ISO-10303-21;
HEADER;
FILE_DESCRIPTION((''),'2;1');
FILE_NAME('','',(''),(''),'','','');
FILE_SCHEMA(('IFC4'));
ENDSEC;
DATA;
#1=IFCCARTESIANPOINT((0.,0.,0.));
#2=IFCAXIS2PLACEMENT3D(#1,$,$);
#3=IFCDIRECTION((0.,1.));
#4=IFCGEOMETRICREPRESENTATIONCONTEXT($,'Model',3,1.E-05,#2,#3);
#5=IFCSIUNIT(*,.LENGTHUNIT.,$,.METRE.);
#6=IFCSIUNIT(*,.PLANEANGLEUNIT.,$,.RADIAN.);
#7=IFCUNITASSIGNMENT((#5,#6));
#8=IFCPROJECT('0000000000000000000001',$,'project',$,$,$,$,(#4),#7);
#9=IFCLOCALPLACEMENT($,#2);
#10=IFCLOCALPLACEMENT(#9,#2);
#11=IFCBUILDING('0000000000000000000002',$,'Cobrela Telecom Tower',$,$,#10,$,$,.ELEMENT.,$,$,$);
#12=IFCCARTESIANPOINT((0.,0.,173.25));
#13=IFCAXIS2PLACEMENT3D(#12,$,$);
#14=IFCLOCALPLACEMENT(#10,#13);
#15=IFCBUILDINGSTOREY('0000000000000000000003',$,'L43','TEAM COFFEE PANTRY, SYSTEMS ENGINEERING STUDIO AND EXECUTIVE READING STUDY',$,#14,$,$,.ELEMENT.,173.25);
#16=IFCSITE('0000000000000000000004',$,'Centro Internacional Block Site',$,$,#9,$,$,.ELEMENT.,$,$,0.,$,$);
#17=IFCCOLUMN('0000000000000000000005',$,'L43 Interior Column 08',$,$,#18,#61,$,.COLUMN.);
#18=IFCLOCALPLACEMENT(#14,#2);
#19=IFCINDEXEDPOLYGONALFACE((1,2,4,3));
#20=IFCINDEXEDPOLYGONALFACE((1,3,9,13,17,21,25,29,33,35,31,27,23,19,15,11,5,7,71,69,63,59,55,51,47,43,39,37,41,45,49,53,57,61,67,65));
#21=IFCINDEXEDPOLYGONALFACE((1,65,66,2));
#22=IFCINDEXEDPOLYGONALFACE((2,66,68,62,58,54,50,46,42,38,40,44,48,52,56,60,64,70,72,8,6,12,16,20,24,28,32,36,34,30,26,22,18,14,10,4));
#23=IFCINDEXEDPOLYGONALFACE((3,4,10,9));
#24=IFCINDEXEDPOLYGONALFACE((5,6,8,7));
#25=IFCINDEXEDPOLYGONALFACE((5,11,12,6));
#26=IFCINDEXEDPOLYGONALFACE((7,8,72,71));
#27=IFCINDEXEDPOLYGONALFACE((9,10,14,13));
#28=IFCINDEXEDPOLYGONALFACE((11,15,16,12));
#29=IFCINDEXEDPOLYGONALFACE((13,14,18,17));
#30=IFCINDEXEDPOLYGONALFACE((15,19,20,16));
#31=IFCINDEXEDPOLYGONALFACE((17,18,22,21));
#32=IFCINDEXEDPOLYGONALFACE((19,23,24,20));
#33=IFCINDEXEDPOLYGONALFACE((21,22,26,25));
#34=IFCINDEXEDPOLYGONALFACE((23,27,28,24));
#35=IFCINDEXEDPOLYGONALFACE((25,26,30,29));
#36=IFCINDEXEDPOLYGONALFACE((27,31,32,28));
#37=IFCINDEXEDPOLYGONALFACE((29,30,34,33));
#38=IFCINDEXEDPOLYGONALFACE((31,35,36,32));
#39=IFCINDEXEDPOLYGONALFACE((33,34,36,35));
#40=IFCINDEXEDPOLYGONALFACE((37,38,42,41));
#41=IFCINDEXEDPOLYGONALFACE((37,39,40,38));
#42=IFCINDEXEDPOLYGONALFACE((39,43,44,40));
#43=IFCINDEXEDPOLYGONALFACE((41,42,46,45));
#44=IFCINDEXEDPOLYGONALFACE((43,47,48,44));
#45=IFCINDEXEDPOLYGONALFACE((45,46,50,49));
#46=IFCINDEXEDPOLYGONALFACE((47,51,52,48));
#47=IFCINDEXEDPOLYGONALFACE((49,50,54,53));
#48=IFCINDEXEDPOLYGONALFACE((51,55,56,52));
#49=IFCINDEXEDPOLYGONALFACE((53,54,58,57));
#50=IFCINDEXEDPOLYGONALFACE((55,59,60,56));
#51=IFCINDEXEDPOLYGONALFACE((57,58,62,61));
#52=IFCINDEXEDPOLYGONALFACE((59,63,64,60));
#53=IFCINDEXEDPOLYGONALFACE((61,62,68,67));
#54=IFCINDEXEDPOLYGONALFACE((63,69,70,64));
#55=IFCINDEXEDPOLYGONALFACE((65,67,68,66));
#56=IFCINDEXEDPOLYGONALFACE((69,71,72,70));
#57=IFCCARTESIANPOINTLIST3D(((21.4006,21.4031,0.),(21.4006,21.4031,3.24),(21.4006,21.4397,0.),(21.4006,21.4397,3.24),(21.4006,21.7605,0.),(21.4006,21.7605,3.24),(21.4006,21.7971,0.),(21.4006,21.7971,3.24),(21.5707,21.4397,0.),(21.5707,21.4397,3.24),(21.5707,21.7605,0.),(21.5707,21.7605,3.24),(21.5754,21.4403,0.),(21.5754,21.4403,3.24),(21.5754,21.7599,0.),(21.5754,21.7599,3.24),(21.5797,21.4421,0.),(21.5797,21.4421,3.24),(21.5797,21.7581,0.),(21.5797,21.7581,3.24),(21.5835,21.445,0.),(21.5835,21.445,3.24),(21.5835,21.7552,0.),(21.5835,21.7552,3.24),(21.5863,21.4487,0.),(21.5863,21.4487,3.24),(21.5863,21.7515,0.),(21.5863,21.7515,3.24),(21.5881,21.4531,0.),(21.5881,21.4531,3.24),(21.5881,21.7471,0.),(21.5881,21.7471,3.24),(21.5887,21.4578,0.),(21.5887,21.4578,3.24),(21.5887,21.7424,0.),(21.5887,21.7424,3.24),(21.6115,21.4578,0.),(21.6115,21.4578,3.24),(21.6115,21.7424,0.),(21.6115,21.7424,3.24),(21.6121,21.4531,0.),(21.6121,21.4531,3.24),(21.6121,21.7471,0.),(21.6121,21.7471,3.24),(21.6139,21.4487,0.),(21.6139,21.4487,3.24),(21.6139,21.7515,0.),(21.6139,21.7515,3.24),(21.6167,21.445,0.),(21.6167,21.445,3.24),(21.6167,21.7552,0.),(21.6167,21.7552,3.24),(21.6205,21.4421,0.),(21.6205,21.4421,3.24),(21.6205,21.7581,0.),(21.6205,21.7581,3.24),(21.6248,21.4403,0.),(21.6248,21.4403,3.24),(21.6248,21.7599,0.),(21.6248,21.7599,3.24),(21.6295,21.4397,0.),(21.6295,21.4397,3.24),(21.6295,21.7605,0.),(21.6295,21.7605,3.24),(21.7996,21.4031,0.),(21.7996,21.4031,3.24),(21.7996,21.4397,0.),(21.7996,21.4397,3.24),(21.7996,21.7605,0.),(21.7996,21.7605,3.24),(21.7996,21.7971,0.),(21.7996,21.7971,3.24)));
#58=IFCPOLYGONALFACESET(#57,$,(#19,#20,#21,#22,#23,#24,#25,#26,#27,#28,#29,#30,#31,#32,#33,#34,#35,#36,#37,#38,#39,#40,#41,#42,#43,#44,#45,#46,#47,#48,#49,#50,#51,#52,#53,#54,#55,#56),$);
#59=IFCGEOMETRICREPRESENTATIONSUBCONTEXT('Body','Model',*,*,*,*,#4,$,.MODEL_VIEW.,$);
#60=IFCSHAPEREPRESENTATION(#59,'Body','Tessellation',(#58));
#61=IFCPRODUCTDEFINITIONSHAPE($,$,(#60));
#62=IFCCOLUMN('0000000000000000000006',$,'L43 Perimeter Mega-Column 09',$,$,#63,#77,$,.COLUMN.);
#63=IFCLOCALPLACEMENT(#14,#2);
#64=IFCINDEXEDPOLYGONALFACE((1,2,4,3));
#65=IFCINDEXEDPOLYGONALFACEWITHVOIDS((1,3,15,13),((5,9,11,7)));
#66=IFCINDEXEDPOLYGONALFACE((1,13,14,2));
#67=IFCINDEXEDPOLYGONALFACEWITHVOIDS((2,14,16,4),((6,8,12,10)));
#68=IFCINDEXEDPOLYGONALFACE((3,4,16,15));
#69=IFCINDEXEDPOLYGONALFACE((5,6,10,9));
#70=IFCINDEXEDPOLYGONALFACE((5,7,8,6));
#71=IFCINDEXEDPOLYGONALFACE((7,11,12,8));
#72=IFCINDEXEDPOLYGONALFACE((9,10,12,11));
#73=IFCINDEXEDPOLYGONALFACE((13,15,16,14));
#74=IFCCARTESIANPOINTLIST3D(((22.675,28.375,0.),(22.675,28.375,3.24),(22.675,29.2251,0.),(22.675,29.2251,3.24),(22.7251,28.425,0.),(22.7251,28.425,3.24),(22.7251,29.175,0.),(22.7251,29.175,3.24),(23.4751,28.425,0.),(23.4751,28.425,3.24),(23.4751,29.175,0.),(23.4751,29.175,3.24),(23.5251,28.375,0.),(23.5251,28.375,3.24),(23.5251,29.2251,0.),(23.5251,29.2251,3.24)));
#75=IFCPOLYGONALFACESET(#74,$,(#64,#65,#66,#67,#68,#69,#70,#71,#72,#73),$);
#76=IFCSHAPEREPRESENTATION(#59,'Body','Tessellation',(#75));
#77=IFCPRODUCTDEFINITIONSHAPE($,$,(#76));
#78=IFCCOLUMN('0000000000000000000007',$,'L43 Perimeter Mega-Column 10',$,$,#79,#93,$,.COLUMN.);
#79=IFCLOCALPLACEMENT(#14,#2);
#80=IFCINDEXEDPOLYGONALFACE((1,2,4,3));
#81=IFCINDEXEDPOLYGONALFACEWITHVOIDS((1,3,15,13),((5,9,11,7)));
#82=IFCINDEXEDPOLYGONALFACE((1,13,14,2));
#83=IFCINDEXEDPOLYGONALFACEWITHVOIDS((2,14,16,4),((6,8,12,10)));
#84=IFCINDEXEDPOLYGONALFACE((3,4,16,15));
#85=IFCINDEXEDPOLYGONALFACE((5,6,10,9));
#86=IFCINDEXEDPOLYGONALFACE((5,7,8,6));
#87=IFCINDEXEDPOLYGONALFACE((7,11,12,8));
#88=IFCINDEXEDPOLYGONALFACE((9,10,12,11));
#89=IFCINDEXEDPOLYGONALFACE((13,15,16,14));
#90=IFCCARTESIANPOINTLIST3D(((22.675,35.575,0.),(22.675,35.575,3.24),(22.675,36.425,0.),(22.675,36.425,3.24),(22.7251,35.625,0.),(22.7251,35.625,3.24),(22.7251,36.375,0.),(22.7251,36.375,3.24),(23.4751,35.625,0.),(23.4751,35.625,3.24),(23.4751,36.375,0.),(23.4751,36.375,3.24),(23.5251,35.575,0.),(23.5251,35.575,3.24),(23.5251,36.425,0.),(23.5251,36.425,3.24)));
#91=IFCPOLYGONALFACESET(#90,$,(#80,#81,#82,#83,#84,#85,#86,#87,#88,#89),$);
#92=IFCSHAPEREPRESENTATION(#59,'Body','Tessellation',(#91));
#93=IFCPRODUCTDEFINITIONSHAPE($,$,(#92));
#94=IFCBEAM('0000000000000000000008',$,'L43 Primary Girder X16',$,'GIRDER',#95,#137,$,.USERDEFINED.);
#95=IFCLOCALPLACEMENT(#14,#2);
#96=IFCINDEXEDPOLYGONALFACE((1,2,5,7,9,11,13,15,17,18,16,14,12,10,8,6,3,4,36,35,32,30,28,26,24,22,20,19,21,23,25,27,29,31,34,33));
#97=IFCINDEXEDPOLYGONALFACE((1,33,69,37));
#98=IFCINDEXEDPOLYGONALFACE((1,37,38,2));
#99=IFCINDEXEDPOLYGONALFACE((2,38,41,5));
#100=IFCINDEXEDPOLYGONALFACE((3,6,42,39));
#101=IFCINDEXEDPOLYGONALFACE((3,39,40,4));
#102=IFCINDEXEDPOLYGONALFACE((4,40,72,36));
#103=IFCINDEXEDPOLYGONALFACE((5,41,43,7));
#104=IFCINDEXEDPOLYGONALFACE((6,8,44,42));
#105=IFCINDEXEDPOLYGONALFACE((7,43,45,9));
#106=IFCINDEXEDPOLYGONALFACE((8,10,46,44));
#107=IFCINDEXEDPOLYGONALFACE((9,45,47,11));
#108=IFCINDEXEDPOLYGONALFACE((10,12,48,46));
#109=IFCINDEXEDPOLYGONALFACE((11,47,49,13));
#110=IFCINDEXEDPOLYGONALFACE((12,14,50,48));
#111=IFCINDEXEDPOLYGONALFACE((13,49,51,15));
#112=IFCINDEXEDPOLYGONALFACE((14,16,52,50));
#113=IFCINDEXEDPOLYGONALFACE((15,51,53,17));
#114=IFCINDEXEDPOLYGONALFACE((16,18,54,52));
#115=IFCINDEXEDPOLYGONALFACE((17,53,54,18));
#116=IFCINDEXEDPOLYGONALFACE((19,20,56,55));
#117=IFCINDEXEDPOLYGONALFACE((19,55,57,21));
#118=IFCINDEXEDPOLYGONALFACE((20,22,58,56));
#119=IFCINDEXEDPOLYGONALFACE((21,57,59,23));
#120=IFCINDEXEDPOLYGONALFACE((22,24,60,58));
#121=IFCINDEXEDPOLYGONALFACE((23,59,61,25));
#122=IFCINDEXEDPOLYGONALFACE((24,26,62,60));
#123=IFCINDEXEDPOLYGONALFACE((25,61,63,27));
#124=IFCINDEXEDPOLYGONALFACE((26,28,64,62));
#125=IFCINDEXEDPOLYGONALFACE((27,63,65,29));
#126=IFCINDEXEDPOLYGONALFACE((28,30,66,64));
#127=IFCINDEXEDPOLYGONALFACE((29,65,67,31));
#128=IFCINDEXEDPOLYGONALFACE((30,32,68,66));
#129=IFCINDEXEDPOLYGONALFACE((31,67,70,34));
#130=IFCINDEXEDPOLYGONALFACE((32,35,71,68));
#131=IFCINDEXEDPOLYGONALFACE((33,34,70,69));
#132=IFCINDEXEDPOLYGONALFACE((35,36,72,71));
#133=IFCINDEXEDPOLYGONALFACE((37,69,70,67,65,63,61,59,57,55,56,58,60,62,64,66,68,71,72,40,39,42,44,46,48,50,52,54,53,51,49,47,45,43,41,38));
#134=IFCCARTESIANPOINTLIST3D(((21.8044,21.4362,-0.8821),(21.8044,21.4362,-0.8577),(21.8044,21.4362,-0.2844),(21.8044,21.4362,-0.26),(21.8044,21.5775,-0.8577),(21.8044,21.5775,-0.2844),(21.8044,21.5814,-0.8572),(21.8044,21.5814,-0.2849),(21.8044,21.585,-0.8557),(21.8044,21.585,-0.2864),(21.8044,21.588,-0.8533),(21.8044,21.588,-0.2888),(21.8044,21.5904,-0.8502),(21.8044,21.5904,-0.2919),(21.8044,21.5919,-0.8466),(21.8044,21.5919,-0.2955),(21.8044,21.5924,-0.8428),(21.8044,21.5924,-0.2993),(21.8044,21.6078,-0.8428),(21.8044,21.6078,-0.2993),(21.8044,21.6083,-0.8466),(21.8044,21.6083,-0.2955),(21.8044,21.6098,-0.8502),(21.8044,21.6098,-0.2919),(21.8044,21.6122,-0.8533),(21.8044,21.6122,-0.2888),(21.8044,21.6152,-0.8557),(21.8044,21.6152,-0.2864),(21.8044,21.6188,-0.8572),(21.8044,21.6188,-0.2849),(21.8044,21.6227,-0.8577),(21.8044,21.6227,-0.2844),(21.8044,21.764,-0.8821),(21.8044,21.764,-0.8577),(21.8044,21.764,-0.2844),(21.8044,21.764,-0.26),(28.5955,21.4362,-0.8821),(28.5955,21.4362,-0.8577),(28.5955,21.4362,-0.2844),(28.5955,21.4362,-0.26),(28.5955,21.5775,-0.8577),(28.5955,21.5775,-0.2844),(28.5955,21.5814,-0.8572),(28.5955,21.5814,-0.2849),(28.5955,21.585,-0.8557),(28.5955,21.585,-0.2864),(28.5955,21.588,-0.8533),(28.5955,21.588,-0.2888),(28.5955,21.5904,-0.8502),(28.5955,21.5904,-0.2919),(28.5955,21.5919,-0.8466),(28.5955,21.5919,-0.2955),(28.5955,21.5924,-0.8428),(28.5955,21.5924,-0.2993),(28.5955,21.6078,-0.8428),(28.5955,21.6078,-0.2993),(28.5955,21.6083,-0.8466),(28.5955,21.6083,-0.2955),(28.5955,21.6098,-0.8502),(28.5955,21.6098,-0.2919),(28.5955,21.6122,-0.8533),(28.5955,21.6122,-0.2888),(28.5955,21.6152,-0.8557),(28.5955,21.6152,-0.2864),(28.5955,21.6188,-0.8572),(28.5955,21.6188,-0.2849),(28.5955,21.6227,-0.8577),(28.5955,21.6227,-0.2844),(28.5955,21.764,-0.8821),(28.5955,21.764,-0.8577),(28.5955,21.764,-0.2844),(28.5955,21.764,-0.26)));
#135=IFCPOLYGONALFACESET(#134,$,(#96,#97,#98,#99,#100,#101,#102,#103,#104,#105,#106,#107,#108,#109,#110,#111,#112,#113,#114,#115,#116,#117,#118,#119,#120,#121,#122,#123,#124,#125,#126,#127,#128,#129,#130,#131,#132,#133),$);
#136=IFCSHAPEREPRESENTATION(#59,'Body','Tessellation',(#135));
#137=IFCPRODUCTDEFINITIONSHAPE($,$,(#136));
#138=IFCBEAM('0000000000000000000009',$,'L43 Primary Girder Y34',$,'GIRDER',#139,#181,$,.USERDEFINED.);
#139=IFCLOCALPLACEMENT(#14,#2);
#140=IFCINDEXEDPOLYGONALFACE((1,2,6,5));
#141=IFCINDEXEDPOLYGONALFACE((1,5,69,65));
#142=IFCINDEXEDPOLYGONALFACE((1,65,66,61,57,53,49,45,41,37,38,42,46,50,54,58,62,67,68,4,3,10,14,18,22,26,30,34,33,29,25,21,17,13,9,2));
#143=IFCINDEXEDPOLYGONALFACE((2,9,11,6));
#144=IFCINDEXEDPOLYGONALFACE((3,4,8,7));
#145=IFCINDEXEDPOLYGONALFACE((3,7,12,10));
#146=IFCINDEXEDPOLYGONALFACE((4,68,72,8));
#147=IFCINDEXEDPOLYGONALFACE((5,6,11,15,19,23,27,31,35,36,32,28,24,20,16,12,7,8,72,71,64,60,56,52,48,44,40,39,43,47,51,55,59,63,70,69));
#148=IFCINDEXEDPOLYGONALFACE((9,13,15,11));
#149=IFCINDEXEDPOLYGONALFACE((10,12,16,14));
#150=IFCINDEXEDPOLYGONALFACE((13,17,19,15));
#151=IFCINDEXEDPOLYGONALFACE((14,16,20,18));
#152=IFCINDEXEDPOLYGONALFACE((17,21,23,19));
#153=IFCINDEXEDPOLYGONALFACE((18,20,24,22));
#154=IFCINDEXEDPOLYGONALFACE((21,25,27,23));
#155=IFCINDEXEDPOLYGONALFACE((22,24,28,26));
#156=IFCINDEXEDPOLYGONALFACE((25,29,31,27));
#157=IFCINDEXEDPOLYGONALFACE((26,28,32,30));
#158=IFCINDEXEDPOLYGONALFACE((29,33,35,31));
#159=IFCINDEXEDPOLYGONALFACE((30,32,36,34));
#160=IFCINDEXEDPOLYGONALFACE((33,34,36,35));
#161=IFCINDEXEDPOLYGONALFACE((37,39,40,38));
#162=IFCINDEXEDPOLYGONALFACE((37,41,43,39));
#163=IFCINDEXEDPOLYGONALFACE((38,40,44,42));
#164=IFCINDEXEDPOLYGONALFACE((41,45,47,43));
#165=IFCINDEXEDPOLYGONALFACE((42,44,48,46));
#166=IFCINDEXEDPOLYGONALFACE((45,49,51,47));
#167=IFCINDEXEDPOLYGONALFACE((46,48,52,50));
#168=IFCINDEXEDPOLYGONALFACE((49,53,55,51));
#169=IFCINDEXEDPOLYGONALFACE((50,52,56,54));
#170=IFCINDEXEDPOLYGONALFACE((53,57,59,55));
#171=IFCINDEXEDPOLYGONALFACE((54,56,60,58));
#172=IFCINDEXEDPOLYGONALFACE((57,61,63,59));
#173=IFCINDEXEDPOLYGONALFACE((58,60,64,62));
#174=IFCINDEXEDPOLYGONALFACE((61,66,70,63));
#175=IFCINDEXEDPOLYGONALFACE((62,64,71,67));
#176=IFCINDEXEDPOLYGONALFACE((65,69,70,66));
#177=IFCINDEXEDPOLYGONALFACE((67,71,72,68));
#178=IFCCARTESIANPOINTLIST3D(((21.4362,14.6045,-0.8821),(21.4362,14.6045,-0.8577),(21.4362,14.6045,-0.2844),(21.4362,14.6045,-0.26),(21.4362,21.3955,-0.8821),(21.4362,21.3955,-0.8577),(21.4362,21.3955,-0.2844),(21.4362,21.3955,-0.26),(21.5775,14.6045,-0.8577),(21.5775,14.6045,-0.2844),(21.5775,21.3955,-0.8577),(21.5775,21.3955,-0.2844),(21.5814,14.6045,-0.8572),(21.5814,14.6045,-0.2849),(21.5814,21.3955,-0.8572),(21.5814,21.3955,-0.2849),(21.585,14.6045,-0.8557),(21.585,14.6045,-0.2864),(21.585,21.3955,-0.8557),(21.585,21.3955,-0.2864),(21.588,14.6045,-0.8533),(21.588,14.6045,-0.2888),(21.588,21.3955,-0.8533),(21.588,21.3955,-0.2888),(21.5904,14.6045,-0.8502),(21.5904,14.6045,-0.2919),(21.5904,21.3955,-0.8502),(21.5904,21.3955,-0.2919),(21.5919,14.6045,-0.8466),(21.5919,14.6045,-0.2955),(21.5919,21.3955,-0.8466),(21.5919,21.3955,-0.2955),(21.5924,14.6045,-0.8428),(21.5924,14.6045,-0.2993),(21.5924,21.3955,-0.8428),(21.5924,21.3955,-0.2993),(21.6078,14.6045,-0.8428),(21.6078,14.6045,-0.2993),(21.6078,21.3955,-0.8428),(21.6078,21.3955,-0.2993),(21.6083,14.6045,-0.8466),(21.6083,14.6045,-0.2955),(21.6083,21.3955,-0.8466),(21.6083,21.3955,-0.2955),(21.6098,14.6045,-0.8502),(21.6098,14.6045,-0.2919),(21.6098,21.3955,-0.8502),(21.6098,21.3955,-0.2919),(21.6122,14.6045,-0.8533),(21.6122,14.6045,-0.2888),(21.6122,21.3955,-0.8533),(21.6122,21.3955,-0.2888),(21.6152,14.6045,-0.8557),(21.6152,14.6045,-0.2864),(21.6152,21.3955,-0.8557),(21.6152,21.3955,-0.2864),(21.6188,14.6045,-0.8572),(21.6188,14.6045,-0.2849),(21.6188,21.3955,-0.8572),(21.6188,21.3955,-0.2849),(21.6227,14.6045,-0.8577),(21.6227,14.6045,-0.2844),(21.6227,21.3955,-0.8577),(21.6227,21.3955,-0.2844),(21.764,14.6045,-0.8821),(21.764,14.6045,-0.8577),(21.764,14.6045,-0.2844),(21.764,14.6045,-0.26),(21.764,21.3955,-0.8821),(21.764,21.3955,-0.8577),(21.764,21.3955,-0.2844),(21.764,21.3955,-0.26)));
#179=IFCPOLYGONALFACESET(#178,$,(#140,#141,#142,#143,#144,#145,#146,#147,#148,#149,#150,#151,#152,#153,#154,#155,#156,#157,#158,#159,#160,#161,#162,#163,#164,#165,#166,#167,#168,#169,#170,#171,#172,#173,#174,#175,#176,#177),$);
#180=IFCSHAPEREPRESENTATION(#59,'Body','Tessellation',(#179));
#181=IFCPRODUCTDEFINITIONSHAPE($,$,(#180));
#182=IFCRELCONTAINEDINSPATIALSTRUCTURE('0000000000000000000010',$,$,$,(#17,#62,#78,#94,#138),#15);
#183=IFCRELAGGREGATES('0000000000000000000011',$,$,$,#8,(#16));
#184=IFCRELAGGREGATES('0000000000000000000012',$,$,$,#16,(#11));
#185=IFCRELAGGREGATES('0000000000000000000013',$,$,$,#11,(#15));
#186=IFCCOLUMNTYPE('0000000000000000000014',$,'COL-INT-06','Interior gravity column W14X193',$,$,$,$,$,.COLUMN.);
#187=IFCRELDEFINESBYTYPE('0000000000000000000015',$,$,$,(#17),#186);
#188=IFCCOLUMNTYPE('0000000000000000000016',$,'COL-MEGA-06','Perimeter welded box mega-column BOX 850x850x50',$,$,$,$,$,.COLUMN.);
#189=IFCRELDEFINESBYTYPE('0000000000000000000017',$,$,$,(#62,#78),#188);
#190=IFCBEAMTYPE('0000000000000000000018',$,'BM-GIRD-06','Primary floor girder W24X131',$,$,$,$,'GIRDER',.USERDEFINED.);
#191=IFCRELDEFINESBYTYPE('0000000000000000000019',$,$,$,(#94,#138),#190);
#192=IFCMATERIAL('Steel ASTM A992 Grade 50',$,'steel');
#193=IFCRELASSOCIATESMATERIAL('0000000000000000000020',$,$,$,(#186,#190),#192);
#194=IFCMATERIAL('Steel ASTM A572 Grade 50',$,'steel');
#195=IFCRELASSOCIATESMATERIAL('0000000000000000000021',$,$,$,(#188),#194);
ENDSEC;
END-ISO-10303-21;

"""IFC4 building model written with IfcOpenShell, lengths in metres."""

from ifc_helpers import new_model, si_unit, direction, frame, origin, origin_2d, place, context, subcontext, project, spatial, hollow_rectangle, i_section, extrude, material, material_profile, profile_set, type_object, element, save


model = new_model("IFC4")

# Units and contexts
model_context = context("Model", 3, precision=1e-05, world=origin(), true_north=direction((0.0, 1.0)))
body_context = subcontext(model_context, "Body", "Model", "MODEL_VIEW")
ifc_project = project(units=[si_unit("LENGTHUNIT", "METRE"), si_unit("PLANEANGLEUNIT", "RADIAN")], contexts=[model_context])

# Site, building, storey
site_placement = place(None, origin())
site = spatial("IfcSite", under=ifc_project, at=site_placement, Name="Centro Internacional Block Site", CompositionType="ELEMENT", RefElevation=0.0)
building_placement = place(site_placement, origin())
building = spatial("IfcBuilding", under=site, at=building_placement, Name="Cobrela Telecom Tower", CompositionType="ELEMENT")
storey_placement = place(building_placement, frame((0.0, 0.0, 173.25)))
storey = spatial("IfcBuildingStorey", under=building, at=storey_placement, Name="L43", Description="TEAM COFFEE PANTRY, SYSTEMS ENGINEERING STUDIO AND EXECUTIVE READING STUDY", CompositionType="ELEMENT", Elevation=173.25)

# Columns
ifc_material_1 = material(Name="Steel ASTM A992 Grade 50", Category="steel")
ifc_material_profile_1 = material_profile(ifc_material_1, i_section(OverallWidth=0.3989, OverallDepth=0.394, WebThickness=0.0227, FlangeThickness=0.0366, FilletRadius=0.0181, at=origin_2d()), Name="W14X193")
ifc_profile_set_1 = profile_set([ifc_material_profile_1], Name="Steel ASTM A992 Grade 50")
column_type_1 = type_object("IfcColumnType", Name="COL-INT-06", Description="Interior gravity column W14X193", PredefinedType="COLUMN", material=ifc_profile_set_1)
column_placement = place(storey_placement, frame((21.6001, 21.6001, 0.0), z_axis=(0.0, 0.0, 1.0), x_axis=(1.0, 0.0, 0.0)))
element("IfcColumn", 1, at=column_placement, inside=storey, type_object=column_type_1, Name="L43 Interior Column 08", PredefinedType="COLUMN", context=body_context, shape_type="SweptSolid", body=[
    extrude(i_section(OverallWidth=0.3989, OverallDepth=0.394, WebThickness=0.0227, FlangeThickness=0.0366, FilletRadius=0.0181, at=origin_2d()), origin(), (0.0, 0.0, 1.0), 3.24),
])
ifc_material_2 = material(Name="Steel ASTM A572 Grade 50", Category="steel")
ifc_material_profile_2 = material_profile(ifc_material_2, hollow_rectangle(XDim=0.8501, YDim=0.8501, WallThickness=0.05, at=origin_2d()), Name="BOX 850x850x50")
ifc_profile_set_2 = profile_set([ifc_material_profile_2], Name="Steel ASTM A572 Grade 50")
column_type_2 = type_object("IfcColumnType", Name="COL-MEGA-06", Description="Perimeter welded box mega-column BOX 850x850x50", PredefinedType="COLUMN", material=ifc_profile_set_2)
for number, where, z_axis, x_axis, name in (
    (2, (23.1001, 28.8, 0.0), (0.0, 0.0, 1.0), (1.0, 0.0, 0.0), "L43 Perimeter Mega-Column 09"),
    (3, (23.1001, 36.0, 0.0), (0.0, 0.0, 1.0), (1.0, 0.0, 0.0), "L43 Perimeter Mega-Column 10"),
):
    element("IfcColumn", number, at=place(storey_placement, frame(where, z_axis=z_axis, x_axis=x_axis)), inside=storey, type_object=column_type_2, Name=name, PredefinedType="COLUMN", context=body_context, shape_type="SweptSolid", body=[
        extrude(hollow_rectangle(XDim=0.8501, YDim=0.8501, WallThickness=0.05, at=origin_2d()), origin(), (0.0, 0.0, 1.0), 3.24),
    ])

# Beams
ifc_material_profile_3 = material_profile(ifc_material_1, i_section(OverallWidth=0.3279, OverallDepth=0.6221, WebThickness=0.0154, FlangeThickness=0.0244, FilletRadius=0.0149, at=origin_2d()), Name="W24X131")
ifc_profile_set_3 = profile_set([ifc_material_profile_3], Name="Steel ASTM A992 Grade 50")
beam_type_1 = type_object("IfcBeamType", Name="BM-GIRD-06", Description="Primary floor girder W24X131", ElementType="GIRDER", PredefinedType="USERDEFINED", material=ifc_profile_set_3)
for number, where, z_axis, x_axis, name in (
    (4, (21.8044, 21.6001, -0.571), (1.0, 0.0, 0.0), (0.0, 1.0, 0.0), "L43 Primary Girder X16"),
    (5, (21.6001, 14.6045, -0.571), (0.0, 1.0, 0.0), (-1.0, 0.0, 0.0), "L43 Primary Girder Y34"),
):
    element("IfcBeam", number, at=place(storey_placement, frame(where, z_axis=z_axis, x_axis=x_axis)), inside=storey, type_object=beam_type_1, Name=name, ObjectType="GIRDER", PredefinedType="USERDEFINED", context=body_context, shape_type="SweptSolid", body=[
        extrude(i_section(OverallWidth=0.3279, OverallDepth=0.6221, WebThickness=0.0154, FlangeThickness=0.0244, FilletRadius=0.0149, at=origin_2d()), origin(), (0.0, 0.0, 1.0), 6.791),
    ])

save(model, "model.ifc")
